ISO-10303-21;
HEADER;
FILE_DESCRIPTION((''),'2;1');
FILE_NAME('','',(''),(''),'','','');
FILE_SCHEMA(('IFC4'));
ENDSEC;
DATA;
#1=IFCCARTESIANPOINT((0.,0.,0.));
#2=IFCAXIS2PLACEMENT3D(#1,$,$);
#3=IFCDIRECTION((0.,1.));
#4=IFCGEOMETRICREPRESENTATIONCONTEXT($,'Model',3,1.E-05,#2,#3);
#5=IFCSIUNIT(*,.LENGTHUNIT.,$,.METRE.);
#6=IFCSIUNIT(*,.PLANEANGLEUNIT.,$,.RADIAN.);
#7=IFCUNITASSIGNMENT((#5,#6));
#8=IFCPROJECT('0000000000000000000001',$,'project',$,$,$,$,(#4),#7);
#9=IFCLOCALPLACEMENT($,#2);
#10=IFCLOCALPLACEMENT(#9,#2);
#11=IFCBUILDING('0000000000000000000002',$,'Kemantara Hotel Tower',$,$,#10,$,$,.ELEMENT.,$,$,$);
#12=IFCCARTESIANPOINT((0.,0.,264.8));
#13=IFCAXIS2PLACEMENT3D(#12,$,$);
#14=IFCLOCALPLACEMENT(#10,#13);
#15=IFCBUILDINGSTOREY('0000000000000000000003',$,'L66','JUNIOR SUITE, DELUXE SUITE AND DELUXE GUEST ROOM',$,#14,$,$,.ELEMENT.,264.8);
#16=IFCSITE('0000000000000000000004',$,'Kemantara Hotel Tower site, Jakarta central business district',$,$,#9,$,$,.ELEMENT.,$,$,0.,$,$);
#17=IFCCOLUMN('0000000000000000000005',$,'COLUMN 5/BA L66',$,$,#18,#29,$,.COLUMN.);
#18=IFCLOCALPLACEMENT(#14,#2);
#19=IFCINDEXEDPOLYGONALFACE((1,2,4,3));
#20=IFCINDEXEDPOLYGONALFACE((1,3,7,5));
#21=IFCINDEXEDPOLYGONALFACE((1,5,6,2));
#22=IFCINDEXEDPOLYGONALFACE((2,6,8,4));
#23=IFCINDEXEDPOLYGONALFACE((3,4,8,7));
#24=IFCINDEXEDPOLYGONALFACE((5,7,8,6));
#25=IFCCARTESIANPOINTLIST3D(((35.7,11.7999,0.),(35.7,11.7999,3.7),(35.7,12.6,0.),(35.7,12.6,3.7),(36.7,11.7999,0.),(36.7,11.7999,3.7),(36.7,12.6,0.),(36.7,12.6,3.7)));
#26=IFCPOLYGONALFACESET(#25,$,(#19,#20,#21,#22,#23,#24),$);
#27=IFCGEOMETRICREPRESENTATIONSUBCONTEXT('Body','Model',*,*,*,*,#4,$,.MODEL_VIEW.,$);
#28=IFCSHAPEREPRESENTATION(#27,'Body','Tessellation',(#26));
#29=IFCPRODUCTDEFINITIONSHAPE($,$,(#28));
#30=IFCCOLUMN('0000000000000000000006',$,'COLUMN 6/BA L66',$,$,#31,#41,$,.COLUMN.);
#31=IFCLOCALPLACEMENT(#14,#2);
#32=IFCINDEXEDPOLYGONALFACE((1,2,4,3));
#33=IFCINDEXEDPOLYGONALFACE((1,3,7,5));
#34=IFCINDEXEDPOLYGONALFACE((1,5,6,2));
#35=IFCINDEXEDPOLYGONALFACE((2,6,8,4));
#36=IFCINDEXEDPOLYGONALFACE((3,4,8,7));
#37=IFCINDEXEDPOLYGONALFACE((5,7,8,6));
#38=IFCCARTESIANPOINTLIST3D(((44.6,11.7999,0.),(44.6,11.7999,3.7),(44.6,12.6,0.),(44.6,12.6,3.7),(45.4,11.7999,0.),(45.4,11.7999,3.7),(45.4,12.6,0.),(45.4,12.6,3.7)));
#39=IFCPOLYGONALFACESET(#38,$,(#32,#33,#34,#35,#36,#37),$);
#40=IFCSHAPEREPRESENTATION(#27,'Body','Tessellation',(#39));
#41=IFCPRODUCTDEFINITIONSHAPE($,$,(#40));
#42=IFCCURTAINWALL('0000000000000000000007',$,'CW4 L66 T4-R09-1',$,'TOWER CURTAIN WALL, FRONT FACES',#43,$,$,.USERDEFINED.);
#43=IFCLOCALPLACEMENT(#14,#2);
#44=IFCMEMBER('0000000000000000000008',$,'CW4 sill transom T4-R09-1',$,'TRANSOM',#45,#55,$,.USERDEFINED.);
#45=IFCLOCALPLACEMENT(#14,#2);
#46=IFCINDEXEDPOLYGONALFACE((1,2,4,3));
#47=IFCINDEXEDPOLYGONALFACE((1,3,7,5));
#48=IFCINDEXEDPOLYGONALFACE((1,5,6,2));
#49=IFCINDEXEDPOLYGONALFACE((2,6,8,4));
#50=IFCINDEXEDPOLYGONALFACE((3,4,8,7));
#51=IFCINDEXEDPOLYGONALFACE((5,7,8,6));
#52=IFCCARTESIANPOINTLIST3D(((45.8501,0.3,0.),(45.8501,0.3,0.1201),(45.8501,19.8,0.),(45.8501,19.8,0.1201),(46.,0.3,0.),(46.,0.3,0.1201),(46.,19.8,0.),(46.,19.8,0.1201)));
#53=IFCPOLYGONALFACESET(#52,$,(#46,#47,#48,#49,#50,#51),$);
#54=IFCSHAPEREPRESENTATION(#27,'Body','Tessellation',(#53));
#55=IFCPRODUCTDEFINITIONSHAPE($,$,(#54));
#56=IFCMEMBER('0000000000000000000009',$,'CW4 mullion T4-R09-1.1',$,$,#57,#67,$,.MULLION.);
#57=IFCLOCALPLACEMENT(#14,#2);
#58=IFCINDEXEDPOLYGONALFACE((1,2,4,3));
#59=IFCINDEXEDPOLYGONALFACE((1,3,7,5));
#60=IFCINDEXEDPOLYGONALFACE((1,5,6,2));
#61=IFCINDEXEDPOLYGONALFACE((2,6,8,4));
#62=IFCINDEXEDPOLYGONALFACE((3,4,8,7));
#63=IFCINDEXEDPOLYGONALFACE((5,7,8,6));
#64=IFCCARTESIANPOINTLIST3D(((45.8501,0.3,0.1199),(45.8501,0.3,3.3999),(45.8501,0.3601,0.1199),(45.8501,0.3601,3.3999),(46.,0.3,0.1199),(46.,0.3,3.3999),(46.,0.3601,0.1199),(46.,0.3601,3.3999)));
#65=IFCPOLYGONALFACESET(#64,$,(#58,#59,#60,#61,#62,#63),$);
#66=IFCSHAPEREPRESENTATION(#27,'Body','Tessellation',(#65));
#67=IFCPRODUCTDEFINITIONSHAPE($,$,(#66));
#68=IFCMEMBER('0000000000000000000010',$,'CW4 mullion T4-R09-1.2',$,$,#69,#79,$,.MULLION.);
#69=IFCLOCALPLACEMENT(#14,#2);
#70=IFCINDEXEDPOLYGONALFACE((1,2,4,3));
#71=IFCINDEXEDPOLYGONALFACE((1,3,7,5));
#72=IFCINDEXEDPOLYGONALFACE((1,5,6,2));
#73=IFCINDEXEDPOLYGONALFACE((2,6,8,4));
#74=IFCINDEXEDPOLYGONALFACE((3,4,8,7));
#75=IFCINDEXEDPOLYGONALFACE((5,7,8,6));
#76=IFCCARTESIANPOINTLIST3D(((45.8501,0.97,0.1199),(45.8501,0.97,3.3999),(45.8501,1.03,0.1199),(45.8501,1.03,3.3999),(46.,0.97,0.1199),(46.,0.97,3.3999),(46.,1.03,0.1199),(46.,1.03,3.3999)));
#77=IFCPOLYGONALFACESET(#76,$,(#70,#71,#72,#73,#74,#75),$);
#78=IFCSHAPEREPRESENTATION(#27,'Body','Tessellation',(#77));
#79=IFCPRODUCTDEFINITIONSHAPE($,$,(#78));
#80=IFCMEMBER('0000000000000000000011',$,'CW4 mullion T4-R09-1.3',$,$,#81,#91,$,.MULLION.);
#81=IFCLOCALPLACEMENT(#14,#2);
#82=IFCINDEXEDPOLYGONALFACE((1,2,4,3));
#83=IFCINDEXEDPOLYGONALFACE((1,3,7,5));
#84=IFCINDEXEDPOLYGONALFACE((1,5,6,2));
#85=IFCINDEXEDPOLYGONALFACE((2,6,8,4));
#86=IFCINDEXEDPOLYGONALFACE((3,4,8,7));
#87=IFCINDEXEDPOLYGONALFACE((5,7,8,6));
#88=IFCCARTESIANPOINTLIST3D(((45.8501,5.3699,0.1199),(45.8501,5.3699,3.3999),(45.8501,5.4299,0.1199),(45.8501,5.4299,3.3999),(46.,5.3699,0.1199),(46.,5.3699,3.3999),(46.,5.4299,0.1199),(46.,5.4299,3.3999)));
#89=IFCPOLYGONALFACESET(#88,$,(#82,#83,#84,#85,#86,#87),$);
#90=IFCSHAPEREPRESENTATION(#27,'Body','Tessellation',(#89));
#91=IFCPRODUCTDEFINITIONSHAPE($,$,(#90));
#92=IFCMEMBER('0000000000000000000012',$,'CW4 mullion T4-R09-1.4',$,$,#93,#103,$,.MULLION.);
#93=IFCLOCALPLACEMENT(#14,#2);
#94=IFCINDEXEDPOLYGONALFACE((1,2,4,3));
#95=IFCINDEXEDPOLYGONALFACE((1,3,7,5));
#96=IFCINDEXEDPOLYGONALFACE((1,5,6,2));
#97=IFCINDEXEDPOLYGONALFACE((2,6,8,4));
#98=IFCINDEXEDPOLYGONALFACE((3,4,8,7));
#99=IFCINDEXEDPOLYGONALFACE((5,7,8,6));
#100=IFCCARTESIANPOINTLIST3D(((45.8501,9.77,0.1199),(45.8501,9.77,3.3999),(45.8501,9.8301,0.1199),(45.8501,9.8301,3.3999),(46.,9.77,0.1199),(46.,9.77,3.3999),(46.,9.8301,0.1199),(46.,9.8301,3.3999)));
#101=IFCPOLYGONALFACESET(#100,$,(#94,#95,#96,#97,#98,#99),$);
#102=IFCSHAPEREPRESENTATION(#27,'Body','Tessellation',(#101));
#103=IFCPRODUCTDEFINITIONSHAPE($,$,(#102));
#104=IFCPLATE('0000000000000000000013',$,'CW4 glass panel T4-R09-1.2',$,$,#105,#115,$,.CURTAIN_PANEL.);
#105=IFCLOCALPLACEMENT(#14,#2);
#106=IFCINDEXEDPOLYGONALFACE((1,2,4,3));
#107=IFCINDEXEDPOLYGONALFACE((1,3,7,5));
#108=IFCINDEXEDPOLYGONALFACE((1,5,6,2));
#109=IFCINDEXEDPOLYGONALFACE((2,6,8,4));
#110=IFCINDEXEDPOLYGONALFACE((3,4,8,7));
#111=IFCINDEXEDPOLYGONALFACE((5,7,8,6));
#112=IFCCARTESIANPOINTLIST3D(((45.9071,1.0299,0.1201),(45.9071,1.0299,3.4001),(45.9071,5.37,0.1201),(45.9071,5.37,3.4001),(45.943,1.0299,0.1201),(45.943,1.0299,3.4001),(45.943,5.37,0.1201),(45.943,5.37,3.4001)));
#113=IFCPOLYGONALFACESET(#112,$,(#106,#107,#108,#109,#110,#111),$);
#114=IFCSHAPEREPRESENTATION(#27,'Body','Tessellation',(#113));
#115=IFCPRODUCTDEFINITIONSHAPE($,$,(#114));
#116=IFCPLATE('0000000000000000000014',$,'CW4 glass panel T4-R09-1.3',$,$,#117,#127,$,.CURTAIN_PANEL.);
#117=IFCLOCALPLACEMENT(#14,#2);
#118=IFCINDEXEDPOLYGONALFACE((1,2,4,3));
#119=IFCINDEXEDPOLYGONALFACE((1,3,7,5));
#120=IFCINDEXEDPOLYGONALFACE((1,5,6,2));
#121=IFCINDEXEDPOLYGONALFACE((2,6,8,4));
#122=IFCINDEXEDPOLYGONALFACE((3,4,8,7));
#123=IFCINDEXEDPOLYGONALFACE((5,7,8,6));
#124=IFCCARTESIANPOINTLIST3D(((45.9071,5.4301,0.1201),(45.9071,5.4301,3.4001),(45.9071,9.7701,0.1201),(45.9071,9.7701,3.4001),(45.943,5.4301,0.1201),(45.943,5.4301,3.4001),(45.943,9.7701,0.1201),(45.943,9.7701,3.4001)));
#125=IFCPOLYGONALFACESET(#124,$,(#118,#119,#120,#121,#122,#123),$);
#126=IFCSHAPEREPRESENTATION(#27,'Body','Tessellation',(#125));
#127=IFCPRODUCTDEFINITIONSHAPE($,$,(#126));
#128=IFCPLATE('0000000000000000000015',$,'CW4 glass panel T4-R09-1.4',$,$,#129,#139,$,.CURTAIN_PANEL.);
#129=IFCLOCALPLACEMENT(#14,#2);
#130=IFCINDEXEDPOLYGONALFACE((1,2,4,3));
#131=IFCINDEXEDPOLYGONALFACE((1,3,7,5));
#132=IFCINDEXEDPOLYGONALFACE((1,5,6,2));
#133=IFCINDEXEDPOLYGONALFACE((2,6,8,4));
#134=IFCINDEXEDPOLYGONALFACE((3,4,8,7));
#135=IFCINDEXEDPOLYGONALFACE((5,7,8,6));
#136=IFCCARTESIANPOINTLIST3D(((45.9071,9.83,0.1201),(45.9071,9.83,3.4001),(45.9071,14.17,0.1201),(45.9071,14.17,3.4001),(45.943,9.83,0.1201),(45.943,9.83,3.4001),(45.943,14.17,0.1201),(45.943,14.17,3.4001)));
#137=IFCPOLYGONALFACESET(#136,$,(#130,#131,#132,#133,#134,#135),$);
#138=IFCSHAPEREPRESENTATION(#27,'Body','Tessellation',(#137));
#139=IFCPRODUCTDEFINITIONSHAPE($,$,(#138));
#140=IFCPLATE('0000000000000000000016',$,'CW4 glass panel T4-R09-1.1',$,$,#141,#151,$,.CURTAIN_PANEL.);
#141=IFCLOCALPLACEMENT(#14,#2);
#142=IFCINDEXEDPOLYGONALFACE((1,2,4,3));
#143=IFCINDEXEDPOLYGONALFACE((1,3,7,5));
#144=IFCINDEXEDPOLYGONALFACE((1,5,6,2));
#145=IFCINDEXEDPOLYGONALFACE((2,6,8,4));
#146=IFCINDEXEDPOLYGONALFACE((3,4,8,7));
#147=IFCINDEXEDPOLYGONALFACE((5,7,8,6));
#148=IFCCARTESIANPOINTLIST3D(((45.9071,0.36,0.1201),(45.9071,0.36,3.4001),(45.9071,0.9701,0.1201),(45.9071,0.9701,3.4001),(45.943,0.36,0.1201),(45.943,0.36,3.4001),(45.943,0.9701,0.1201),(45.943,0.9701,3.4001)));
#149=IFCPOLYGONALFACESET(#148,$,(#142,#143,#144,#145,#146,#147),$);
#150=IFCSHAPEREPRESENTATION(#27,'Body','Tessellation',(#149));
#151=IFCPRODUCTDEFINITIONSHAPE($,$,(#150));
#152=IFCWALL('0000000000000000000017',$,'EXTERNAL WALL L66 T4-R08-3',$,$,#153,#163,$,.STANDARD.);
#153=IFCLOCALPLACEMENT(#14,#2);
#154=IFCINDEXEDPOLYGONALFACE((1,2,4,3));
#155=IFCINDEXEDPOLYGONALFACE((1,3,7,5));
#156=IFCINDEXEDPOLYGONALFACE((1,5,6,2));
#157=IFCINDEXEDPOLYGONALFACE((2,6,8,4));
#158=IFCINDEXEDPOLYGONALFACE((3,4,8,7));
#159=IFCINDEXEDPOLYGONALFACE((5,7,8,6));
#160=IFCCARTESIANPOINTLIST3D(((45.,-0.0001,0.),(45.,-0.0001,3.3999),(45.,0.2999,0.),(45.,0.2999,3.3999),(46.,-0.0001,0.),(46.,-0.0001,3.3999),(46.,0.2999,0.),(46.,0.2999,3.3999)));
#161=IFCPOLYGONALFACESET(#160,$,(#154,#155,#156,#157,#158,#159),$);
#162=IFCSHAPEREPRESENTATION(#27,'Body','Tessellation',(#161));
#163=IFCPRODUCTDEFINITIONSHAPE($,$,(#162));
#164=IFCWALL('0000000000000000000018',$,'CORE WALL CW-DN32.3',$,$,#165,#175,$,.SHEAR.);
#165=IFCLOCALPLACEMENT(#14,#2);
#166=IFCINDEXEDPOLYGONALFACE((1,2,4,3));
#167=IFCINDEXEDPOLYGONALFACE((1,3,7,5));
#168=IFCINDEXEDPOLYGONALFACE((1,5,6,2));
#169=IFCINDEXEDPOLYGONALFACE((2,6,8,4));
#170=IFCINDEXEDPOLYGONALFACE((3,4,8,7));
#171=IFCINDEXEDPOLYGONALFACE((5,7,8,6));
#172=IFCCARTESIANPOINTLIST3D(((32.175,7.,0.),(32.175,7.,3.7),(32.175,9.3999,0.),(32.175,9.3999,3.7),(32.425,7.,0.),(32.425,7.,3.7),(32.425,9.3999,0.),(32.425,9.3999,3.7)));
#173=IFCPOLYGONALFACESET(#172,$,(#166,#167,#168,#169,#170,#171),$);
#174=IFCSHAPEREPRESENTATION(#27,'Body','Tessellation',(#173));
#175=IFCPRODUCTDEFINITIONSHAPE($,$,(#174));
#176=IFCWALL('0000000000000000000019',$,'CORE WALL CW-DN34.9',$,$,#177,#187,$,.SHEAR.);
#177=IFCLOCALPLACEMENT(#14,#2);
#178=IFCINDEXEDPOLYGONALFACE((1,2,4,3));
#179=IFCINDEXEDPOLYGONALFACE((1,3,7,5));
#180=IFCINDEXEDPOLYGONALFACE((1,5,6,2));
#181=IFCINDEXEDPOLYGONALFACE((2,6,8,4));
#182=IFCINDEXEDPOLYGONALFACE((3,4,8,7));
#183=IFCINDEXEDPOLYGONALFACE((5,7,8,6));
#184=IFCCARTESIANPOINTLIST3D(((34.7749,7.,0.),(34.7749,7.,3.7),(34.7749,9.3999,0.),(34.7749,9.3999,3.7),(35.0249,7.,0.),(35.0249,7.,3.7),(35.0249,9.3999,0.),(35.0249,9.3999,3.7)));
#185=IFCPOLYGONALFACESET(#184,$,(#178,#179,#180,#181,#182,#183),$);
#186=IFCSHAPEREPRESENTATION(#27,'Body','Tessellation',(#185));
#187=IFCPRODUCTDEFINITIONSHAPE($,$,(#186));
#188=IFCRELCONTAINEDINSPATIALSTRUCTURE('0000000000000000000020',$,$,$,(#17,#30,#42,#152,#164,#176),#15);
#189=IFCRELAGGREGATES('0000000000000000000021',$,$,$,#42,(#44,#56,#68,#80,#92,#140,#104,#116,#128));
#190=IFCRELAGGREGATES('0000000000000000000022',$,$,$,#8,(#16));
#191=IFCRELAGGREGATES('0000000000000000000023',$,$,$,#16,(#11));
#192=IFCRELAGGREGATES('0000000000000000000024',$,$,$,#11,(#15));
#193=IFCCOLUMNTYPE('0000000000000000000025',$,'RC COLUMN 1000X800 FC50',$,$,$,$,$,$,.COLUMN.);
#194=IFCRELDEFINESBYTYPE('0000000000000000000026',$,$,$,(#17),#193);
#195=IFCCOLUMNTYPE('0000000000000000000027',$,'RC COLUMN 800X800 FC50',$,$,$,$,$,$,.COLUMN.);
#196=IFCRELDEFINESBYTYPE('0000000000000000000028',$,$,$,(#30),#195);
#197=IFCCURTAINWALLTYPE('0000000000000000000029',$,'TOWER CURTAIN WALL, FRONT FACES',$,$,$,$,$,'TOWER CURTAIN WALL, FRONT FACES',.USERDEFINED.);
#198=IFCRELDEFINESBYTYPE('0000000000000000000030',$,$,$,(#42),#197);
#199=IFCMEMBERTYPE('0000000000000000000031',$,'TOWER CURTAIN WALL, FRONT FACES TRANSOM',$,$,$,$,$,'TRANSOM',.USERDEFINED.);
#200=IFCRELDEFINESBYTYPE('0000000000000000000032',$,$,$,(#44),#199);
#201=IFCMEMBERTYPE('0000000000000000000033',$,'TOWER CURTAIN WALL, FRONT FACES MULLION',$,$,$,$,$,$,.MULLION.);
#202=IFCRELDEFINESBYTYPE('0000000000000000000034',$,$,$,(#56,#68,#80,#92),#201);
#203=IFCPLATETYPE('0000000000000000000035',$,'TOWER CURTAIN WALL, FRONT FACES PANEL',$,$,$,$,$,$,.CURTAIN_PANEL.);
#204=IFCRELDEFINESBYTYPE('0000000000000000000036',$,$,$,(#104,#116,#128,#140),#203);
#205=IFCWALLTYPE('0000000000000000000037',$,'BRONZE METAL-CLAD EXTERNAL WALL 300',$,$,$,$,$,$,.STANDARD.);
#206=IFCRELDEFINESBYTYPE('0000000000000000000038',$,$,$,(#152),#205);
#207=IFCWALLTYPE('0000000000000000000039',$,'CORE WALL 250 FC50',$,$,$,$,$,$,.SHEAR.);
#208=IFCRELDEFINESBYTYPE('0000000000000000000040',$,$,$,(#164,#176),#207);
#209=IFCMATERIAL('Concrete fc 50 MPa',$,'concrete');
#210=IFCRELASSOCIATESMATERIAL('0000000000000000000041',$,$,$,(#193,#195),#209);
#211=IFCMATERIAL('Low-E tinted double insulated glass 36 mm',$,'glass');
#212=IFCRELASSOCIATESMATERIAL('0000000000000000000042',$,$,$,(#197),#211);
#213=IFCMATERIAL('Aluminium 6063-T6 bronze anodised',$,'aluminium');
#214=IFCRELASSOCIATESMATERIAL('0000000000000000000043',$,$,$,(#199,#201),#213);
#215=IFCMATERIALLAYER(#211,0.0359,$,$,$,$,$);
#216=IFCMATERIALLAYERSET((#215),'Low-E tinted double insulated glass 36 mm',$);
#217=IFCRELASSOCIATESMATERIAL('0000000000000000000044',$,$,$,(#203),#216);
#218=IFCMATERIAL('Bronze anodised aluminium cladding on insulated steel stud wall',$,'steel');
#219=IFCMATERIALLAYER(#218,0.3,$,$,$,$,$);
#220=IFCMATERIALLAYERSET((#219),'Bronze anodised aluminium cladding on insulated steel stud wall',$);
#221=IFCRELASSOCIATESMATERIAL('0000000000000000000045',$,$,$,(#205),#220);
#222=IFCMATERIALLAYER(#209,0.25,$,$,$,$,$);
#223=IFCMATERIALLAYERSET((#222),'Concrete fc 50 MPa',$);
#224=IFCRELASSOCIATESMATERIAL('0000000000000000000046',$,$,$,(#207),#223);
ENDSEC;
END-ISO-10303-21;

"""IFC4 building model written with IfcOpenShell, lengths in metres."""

from ifc_helpers import new_model, si_unit, direction, frame, frame_2d, origin, origin_2d, place, context, subcontext, project, spatial, rectangle, extrude, source, transform, mapped, material, layer, layer_set, material_profile, profile_set, type_object, element, aggregate, save


model = new_model("IFC4")

# Units and contexts
model_context = context("Model", 3, precision=1e-05, world=origin(), true_north=direction((0.0, 1.0)))
body_context = subcontext(model_context, "Body", "Model", "MODEL_VIEW")
ifc_project = project(units=[si_unit("LENGTHUNIT", "METRE"), si_unit("PLANEANGLEUNIT", "RADIAN")], contexts=[model_context])

# Site, building, storey
site_placement = place(None, origin())
site = spatial("IfcSite", under=ifc_project, at=site_placement, Name="Kemantara Hotel Tower site, Jakarta central business district", CompositionType="ELEMENT", RefElevation=0.0)
building_placement = place(site_placement, origin())
building = spatial("IfcBuilding", under=site, at=building_placement, Name="Kemantara Hotel Tower", CompositionType="ELEMENT")
storey_placement = place(building_placement, frame((0.0, 0.0, 264.8)))
storey = spatial("IfcBuildingStorey", under=building, at=storey_placement, Name="L66", Description="JUNIOR SUITE, DELUXE SUITE AND DELUXE GUEST ROOM", CompositionType="ELEMENT", Elevation=264.8)

# Columns
ifc_material_1 = material(Name="Concrete fc 50 MPa", Category="concrete")
ifc_material_profile_1 = material_profile(ifc_material_1, rectangle(XDim=1.0, YDim=0.8, at=origin_2d()), Name="RC 1000X800")
ifc_profile_set_1 = profile_set([ifc_material_profile_1], Name="Concrete fc 50 MPa")
column_type_1 = type_object("IfcColumnType", Name="RC COLUMN 1000X800 FC50", PredefinedType="COLUMN", material=ifc_profile_set_1)
column_1_placement = place(storey_placement, frame((36.2, 12.2, 0.0), z_axis=(0.0, 0.0, 1.0), x_axis=(1.0, 0.0, 0.0)))
element("IfcColumn", 1, at=column_1_placement, inside=storey, type_object=column_type_1, Name="COLUMN 5/BA L66", PredefinedType="COLUMN", context=body_context, shape_type="SweptSolid", body=[
    extrude(rectangle(XDim=1.0, YDim=0.8, at=origin_2d()), origin(), (0.0, 0.0, 1.0), 3.7),
])
ifc_material_profile_2 = material_profile(ifc_material_1, rectangle(XDim=0.8, YDim=0.8, at=origin_2d()), Name="RC 800X800")
ifc_profile_set_2 = profile_set([ifc_material_profile_2], Name="Concrete fc 50 MPa")
column_type_2 = type_object("IfcColumnType", Name="RC COLUMN 800X800 FC50", PredefinedType="COLUMN", material=ifc_profile_set_2)
column_2_placement = place(storey_placement, frame((45.0, 12.2, 0.0), z_axis=(0.0, 0.0, 1.0), x_axis=(1.0, 0.0, 0.0)))
element("IfcColumn", 2, at=column_2_placement, inside=storey, type_object=column_type_2, Name="COLUMN 6/BA L66", PredefinedType="COLUMN", context=body_context, shape_type="SweptSolid", body=[
    extrude(rectangle(XDim=0.8, YDim=0.8, at=origin_2d()), origin(), (0.0, 0.0, 1.0), 3.7),
])

# Curtain wall, members, plates
ifc_material_2 = material(Name="Low-E tinted double insulated glass 36 mm", Category="glass")
curtain_wall_type = type_object("IfcCurtainWallType", Name="TOWER CURTAIN WALL, FRONT FACES", ElementType="TOWER CURTAIN WALL, FRONT FACES", PredefinedType="USERDEFINED", material=ifc_material_2)
curtain_wall_placement = place(storey_placement, origin())
curtain_wall = element("IfcCurtainWall", 3, at=curtain_wall_placement, inside=storey, type_object=curtain_wall_type, Name="CW4 L66 T4-R09-1", ObjectType="TOWER CURTAIN WALL, FRONT FACES", PredefinedType="USERDEFINED")
ifc_material_3 = material(Name="Aluminium 6063-T6 bronze anodised", Category="aluminium")
ifc_material_profile_3 = material_profile(ifc_material_3, rectangle(XDim=0.1499, YDim=0.1201, at=origin_2d()), Name="TOWER CURTAIN WALL, FRONT FACES TRANSOM")
ifc_profile_set_3 = profile_set([ifc_material_profile_3], Name="Aluminium 6063-T6 bronze anodised")
member_type_1 = type_object("IfcMemberType", Name="TOWER CURTAIN WALL, FRONT FACES TRANSOM", ElementType="TRANSOM", PredefinedType="USERDEFINED", material=ifc_profile_set_3)
member_1_placement = place(storey_placement, frame((45.925, 0.3, 0.0601), z_axis=(0.0, 1.0, 0.0), x_axis=(-1.0, 0.0, 0.0)))
member_1 = element("IfcMember", 4, at=member_1_placement, type_object=member_type_1, Name="CW4 sill transom T4-R09-1", ObjectType="TRANSOM", PredefinedType="USERDEFINED", context=body_context, shape_type="SweptSolid", body=[
    extrude(rectangle(XDim=0.1499, YDim=0.1201, at=origin_2d()), origin(), (0.0, 0.0, 1.0), 19.5),
])
ifc_material_profile_4 = material_profile(ifc_material_3, rectangle(XDim=0.1499, YDim=0.0601, at=origin_2d()), Name="TOWER CURTAIN WALL, FRONT FACES MULLION")
ifc_profile_set_4 = profile_set([ifc_material_profile_4], Name="Aluminium 6063-T6 bronze anodised")
member_type_2 = type_object("IfcMemberType", Name="TOWER CURTAIN WALL, FRONT FACES MULLION", PredefinedType="MULLION", material=ifc_profile_set_4)
shared_shape_1 = source(origin(), body_context, "Body", "SweptSolid", [
    extrude(rectangle(XDim=0.1499, YDim=0.0601, at=origin_2d()), origin(), (0.0, 0.0, 1.0), 3.28),
])
member_2_placement = place(storey_placement, frame((45.925, 0.3301, 0.1199), z_axis=(0.0, 0.0, 1.0), x_axis=(-1.0, 0.0, 0.0)))
member_2 = element("IfcMember", 5, at=member_2_placement, type_object=member_type_2, Name="CW4 mullion T4-R09-1.1", PredefinedType="MULLION", context=body_context, shape_type="MappedRepresentation", body=[
    mapped(shared_shape_1, transform((0.0, 0.0, 0.0))),
])
member_3_placement = place(storey_placement, frame((45.925, 1.0, 0.1199), z_axis=(0.0, 0.0, 1.0), x_axis=(-1.0, 0.0, 0.0)))
member_3 = element("IfcMember", 6, at=member_3_placement, type_object=member_type_2, Name="CW4 mullion T4-R09-1.2", PredefinedType="MULLION", context=body_context, shape_type="MappedRepresentation", body=[
    mapped(shared_shape_1, transform((0.0, 0.0, 0.0))),
])
member_4_placement = place(storey_placement, frame((45.925, 5.3999, 0.1199), z_axis=(0.0, 0.0, 1.0), x_axis=(-1.0, 0.0, 0.0)))
member_4 = element("IfcMember", 7, at=member_4_placement, type_object=member_type_2, Name="CW4 mullion T4-R09-1.3", PredefinedType="MULLION", context=body_context, shape_type="MappedRepresentation", body=[
    mapped(shared_shape_1, transform((0.0, 0.0, 0.0))),
])
member_5_placement = place(storey_placement, frame((45.925, 9.8, 0.1199), z_axis=(0.0, 0.0, 1.0), x_axis=(-1.0, 0.0, 0.0)))
member_5 = element("IfcMember", 8, at=member_5_placement, type_object=member_type_2, Name="CW4 mullion T4-R09-1.4", PredefinedType="MULLION", context=body_context, shape_type="MappedRepresentation", body=[
    mapped(shared_shape_1, transform((0.0, 0.0, 0.0))),
])
ifc_layer_1 = layer(ifc_material_2, 0.0359)
ifc_layer_set_1 = layer_set([ifc_layer_1], Name="Low-E tinted double insulated glass 36 mm")
plate_type = type_object("IfcPlateType", Name="TOWER CURTAIN WALL, FRONT FACES PANEL", PredefinedType="CURTAIN_PANEL", material=ifc_layer_set_1)
shared_shape_2 = source(origin(), body_context, "Body", "SweptSolid", [
    extrude(rectangle(XDim=4.3401, YDim=0.0359, at=origin_2d()), origin(), (0.0, 0.0, 1.0), 3.28),
])
plate_1_placement = place(storey_placement, frame((45.925, 3.2, 0.1201), z_axis=(0.0, 0.0, 1.0), x_axis=(0.0, 1.0, 0.0)))
plate_1 = element("IfcPlate", 9, at=plate_1_placement, type_object=plate_type, Name="CW4 glass panel T4-R09-1.2", PredefinedType="CURTAIN_PANEL", context=body_context, shape_type="MappedRepresentation", body=[
    mapped(shared_shape_2, transform((0.0, 0.0, 0.0))),
])
plate_2_placement = place(storey_placement, frame((45.925, 7.6001, 0.1201), z_axis=(0.0, 0.0, 1.0), x_axis=(0.0, 1.0, 0.0)))
plate_2 = element("IfcPlate", 10, at=plate_2_placement, type_object=plate_type, Name="CW4 glass panel T4-R09-1.3", PredefinedType="CURTAIN_PANEL", context=body_context, shape_type="MappedRepresentation", body=[
    mapped(shared_shape_2, transform((0.0, 0.0, 0.0))),
])
plate_3_placement = place(storey_placement, frame((45.925, 12.0, 0.1201), z_axis=(0.0, 0.0, 1.0), x_axis=(0.0, 1.0, 0.0)))
plate_3 = element("IfcPlate", 11, at=plate_3_placement, type_object=plate_type, Name="CW4 glass panel T4-R09-1.4", PredefinedType="CURTAIN_PANEL", context=body_context, shape_type="MappedRepresentation", body=[
    mapped(shared_shape_2, transform((0.0, 0.0, 0.0))),
])
shared_shape_3 = source(origin(), body_context, "Body", "SweptSolid", [
    extrude(rectangle(XDim=0.6101, YDim=0.0359, at=origin_2d()), origin(), (0.0, 0.0, 1.0), 3.28),
])
plate_4_placement = place(storey_placement, frame((45.925, 0.665, 0.1201), z_axis=(0.0, 0.0, 1.0), x_axis=(0.0, 1.0, 0.0)))
plate_4 = element("IfcPlate", 12, at=plate_4_placement, type_object=plate_type, Name="CW4 glass panel T4-R09-1.1", PredefinedType="CURTAIN_PANEL", context=body_context, shape_type="MappedRepresentation", body=[
    mapped(shared_shape_3, transform((0.0, 0.0, 0.0))),
])
aggregate(curtain_wall, [member_1, member_2, member_3, member_4, member_5, plate_4, plate_1, plate_2, plate_3])

# Walls
ifc_material_4 = material(Name="Bronze anodised aluminium cladding on insulated steel stud wall", Category="steel")
ifc_layer_2 = layer(ifc_material_4, 0.3)
ifc_layer_set_2 = layer_set([ifc_layer_2], Name="Bronze anodised aluminium cladding on insulated steel stud wall")
wall_type_1 = type_object("IfcWallType", Name="BRONZE METAL-CLAD EXTERNAL WALL 300", PredefinedType="STANDARD", material=ifc_layer_set_2)
wall_1_placement = place(storey_placement, frame((45.0, 0.1499, 0.0), z_axis=(0.0, 0.0, 1.0), x_axis=(1.0, 0.0, 0.0)))
element("IfcWall", 13, at=wall_1_placement, inside=storey, type_object=wall_type_1, Name="EXTERNAL WALL L66 T4-R08-3", PredefinedType="STANDARD", context=body_context, shape_type="SweptSolid", body=[
    extrude(rectangle(XDim=1.0, YDim=0.3, at=frame_2d((0.5, 0.0))), origin(), (0.0, 0.0, 1.0), 3.3999),
])
ifc_layer_3 = layer(ifc_material_1, 0.25)
ifc_layer_set_3 = layer_set([ifc_layer_3], Name="Concrete fc 50 MPa")
wall_type_2 = type_object("IfcWallType", Name="CORE WALL 250 FC50", PredefinedType="SHEAR", material=ifc_layer_set_3)
for number, where, z_axis, x_axis, name in (
    (14, (32.3, 7.0, 0.0), (0.0, 0.0, 1.0), (0.0, 1.0, 0.0), "CORE WALL CW-DN32.3"),
    (15, (34.8999, 7.0, 0.0), (0.0, 0.0, 1.0), (0.0, 1.0, 0.0), "CORE WALL CW-DN34.9"),
):
    element("IfcWall", number, at=place(storey_placement, frame(where, z_axis=z_axis, x_axis=x_axis)), inside=storey, type_object=wall_type_2, Name=name, PredefinedType="SHEAR", context=body_context, shape_type="SweptSolid", body=[
        extrude(rectangle(XDim=2.3999, YDim=0.25, at=frame_2d((1.2, 0.0))), origin(), (0.0, 0.0, 1.0), 3.7),
    ])

save(model, "model.ifc")
